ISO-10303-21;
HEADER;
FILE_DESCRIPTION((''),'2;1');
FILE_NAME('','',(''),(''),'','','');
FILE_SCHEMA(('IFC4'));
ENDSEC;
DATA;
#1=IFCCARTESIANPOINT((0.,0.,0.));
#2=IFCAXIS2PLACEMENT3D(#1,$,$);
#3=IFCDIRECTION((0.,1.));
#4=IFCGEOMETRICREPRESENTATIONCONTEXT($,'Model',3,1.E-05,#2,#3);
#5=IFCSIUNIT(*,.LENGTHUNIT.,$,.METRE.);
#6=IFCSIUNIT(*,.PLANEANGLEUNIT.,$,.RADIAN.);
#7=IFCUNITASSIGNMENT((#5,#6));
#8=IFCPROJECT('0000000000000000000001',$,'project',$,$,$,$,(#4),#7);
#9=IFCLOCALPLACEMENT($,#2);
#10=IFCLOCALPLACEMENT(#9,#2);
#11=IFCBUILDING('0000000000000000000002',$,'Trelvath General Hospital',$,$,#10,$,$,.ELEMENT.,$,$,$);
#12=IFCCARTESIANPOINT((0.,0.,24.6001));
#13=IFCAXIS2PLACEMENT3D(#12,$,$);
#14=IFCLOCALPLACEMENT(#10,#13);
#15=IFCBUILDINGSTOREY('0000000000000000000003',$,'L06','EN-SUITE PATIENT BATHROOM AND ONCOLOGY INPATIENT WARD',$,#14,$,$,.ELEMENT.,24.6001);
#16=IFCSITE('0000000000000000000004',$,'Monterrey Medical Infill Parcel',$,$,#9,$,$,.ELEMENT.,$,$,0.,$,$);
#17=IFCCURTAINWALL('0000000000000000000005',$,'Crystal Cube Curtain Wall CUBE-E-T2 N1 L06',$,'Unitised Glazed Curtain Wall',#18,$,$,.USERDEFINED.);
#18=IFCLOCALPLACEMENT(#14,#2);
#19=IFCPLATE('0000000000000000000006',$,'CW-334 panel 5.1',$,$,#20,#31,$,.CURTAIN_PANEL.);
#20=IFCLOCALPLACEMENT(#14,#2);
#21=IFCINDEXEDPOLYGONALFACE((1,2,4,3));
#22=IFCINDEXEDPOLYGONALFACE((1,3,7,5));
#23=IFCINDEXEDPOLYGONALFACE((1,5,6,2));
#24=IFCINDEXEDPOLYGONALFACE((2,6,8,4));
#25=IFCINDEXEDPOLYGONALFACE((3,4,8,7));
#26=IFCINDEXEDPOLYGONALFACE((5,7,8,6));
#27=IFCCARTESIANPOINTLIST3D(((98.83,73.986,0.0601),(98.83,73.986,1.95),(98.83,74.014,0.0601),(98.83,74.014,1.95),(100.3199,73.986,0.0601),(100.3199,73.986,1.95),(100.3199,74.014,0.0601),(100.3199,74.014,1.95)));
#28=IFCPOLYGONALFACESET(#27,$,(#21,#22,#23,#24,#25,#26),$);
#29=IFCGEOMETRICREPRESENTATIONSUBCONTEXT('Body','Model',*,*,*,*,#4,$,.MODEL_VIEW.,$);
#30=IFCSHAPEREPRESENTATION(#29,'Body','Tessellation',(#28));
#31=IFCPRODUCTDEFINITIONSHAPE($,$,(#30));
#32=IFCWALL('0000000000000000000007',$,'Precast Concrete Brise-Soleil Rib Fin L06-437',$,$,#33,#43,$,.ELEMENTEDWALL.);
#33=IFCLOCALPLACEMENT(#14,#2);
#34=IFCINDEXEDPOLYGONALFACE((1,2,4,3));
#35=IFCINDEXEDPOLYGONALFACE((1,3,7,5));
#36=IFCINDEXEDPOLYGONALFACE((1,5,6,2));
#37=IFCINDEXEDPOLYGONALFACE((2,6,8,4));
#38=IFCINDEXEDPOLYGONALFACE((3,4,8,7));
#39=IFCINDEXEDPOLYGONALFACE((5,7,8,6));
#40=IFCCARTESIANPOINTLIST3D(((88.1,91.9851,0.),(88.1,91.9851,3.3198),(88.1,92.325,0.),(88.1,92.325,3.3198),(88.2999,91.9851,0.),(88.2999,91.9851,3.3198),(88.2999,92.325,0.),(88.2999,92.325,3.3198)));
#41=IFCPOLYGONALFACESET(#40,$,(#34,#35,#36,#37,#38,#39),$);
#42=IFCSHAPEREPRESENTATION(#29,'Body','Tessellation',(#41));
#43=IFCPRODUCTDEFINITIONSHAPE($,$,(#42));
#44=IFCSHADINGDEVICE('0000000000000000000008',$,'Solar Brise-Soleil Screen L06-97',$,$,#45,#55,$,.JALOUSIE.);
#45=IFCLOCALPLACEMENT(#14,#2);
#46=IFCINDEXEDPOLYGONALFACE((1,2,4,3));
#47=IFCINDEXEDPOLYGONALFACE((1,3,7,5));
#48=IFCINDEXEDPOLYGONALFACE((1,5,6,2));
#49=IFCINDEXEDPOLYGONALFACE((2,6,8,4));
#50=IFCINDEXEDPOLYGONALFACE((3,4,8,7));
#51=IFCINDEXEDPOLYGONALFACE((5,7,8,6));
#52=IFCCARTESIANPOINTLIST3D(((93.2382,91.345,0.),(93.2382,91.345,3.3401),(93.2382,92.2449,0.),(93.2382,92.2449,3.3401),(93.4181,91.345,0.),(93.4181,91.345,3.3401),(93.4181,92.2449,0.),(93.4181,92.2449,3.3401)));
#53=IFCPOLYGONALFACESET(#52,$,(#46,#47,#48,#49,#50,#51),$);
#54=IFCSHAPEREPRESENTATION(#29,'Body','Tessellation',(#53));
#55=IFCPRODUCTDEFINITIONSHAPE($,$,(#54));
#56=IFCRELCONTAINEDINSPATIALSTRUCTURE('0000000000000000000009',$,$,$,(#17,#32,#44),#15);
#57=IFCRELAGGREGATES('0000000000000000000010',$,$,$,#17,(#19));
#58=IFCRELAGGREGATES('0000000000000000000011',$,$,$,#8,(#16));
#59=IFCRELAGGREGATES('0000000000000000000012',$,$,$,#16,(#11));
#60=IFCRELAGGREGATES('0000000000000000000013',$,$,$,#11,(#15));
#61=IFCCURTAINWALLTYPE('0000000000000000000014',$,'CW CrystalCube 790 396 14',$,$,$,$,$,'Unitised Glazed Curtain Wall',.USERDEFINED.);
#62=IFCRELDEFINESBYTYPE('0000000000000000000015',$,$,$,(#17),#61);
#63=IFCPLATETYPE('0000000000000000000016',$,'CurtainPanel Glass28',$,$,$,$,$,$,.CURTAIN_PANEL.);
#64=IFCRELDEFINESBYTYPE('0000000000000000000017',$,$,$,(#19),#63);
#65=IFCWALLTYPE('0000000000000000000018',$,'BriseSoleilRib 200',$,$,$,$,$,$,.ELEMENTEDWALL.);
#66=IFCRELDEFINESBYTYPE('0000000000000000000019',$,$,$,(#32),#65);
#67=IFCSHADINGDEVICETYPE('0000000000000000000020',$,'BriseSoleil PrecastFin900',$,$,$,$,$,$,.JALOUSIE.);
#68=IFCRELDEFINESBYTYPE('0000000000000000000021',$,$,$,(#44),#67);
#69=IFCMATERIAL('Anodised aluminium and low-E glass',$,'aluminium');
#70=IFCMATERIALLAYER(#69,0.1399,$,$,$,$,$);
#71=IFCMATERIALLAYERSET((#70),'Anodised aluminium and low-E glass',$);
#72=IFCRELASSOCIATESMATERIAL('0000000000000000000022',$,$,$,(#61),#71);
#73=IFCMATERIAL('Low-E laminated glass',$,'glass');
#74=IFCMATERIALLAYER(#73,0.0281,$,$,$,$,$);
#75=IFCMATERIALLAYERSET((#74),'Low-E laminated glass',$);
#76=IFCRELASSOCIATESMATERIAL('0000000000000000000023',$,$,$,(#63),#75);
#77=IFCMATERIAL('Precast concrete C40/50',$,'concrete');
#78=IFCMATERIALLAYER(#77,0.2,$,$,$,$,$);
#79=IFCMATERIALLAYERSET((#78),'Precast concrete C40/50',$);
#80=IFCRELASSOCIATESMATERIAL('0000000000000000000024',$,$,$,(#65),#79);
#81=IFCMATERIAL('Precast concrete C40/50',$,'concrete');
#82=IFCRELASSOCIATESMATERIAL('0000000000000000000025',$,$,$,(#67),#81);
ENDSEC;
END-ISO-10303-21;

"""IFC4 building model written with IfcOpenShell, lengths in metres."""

from ifc_helpers import new_model, si_unit, direction, frame, frame_2d, origin, origin_2d, place, context, subcontext, project, spatial, rectangle, extrude, material, layer, layer_set, type_object, element, aggregate, save


model = new_model("IFC4")

# Units and contexts
model_context = context("Model", 3, precision=1e-05, world=origin(), true_north=direction((0.0, 1.0)))
body_context = subcontext(model_context, "Body", "Model", "MODEL_VIEW")
ifc_project = project(units=[si_unit("LENGTHUNIT", "METRE"), si_unit("PLANEANGLEUNIT", "RADIAN")], contexts=[model_context])

# Site, building, storey
site_placement = place(None, origin())
site = spatial("IfcSite", under=ifc_project, at=site_placement, Name="Monterrey Medical Infill Parcel", CompositionType="ELEMENT", RefElevation=0.0)
building_placement = place(site_placement, origin())
building = spatial("IfcBuilding", under=site, at=building_placement, Name="Trelvath General Hospital", CompositionType="ELEMENT")
storey_placement = place(building_placement, frame((0.0, 0.0, 24.6001)))
storey = spatial("IfcBuildingStorey", under=building, at=storey_placement, Name="L06", Description="EN-SUITE PATIENT BATHROOM AND ONCOLOGY INPATIENT WARD", CompositionType="ELEMENT", Elevation=24.6001)

# Curtain wall, plate
ifc_material_1 = material(Name="Anodised aluminium and low-E glass", Category="aluminium")
ifc_layer_1 = layer(ifc_material_1, 0.1399)
ifc_layer_set_1 = layer_set([ifc_layer_1], Name="Anodised aluminium and low-E glass")
curtain_wall_type = type_object("IfcCurtainWallType", Name="CW CrystalCube 790 396 14", ElementType="Unitised Glazed Curtain Wall", PredefinedType="USERDEFINED", material=ifc_layer_set_1)
curtain_wall_placement = place(storey_placement, origin())
curtain_wall = element("IfcCurtainWall", 1, at=curtain_wall_placement, inside=storey, type_object=curtain_wall_type, Name="Crystal Cube Curtain Wall CUBE-E-T2 N1 L06", ObjectType="Unitised Glazed Curtain Wall", PredefinedType="USERDEFINED")
ifc_material_2 = material(Name="Low-E laminated glass", Category="glass")
ifc_layer_2 = layer(ifc_material_2, 0.0281)
ifc_layer_set_2 = layer_set([ifc_layer_2], Name="Low-E laminated glass")
plate_type = type_object("IfcPlateType", Name="CurtainPanel Glass28", PredefinedType="CURTAIN_PANEL", material=ifc_layer_set_2)
plate_1_placement = place(storey_placement, frame((99.575, 74.0, 0.0601), z_axis=(0.0, 0.0, 1.0), x_axis=(1.0, 0.0, 0.0)))
plate_1 = element("IfcPlate", 2, at=plate_1_placement, type_object=plate_type, Name="CW-334 panel 5.1", PredefinedType="CURTAIN_PANEL", context=body_context, shape_type="SweptSolid", body=[
    extrude(rectangle(XDim=1.49, YDim=0.0281, at=origin_2d()), origin(), (0.0, 0.0, 1.0), 1.8899),
])
aggregate(curtain_wall, [plate_1])

# Wall
ifc_material_3 = material(Name="Precast concrete C40/50", Category="concrete")
ifc_layer_3 = layer(ifc_material_3, 0.2)
ifc_layer_set_3 = layer_set([ifc_layer_3], Name="Precast concrete C40/50")
wall_type = type_object("IfcWallType", Name="BriseSoleilRib 200", PredefinedType="ELEMENTEDWALL", material=ifc_layer_set_3)
wall_placement = place(storey_placement, frame((88.2, 92.325, 0.0), z_axis=(0.0, 0.0, 1.0), x_axis=(0.0, -1.0, 0.0)))
element("IfcWall", 3, at=wall_placement, inside=storey, type_object=wall_type, Name="Precast Concrete Brise-Soleil Rib Fin L06-437", PredefinedType="ELEMENTEDWALL", context=body_context, shape_type="SweptSolid", body=[
    extrude(rectangle(XDim=0.3398, YDim=0.2, at=frame_2d((0.1699, 0.0))), origin(), (0.0, 0.0, 1.0), 3.3198),
])

# Shading device
ifc_material_4 = material(Name="Precast concrete C40/50", Category="concrete")
shading_device_type = type_object("IfcShadingDeviceType", Name="BriseSoleil PrecastFin900", PredefinedType="JALOUSIE", material=ifc_material_4)
shading_device_placement = place(storey_placement, frame((93.3281, 91.7949, 0.0), z_axis=(0.0, 0.0, 1.0), x_axis=(0.0, -1.0, 0.0)))
element("IfcShadingDevice", 4, at=shading_device_placement, inside=storey, type_object=shading_device_type, Name="Solar Brise-Soleil Screen L06-97", PredefinedType="JALOUSIE", context=body_context, shape_type="SweptSolid", body=[
    extrude(rectangle(XDim=0.8999, YDim=0.1799, at=origin_2d()), origin(), (0.0, 0.0, 1.0), 3.3401),
])

save(model, "model.ifc")
